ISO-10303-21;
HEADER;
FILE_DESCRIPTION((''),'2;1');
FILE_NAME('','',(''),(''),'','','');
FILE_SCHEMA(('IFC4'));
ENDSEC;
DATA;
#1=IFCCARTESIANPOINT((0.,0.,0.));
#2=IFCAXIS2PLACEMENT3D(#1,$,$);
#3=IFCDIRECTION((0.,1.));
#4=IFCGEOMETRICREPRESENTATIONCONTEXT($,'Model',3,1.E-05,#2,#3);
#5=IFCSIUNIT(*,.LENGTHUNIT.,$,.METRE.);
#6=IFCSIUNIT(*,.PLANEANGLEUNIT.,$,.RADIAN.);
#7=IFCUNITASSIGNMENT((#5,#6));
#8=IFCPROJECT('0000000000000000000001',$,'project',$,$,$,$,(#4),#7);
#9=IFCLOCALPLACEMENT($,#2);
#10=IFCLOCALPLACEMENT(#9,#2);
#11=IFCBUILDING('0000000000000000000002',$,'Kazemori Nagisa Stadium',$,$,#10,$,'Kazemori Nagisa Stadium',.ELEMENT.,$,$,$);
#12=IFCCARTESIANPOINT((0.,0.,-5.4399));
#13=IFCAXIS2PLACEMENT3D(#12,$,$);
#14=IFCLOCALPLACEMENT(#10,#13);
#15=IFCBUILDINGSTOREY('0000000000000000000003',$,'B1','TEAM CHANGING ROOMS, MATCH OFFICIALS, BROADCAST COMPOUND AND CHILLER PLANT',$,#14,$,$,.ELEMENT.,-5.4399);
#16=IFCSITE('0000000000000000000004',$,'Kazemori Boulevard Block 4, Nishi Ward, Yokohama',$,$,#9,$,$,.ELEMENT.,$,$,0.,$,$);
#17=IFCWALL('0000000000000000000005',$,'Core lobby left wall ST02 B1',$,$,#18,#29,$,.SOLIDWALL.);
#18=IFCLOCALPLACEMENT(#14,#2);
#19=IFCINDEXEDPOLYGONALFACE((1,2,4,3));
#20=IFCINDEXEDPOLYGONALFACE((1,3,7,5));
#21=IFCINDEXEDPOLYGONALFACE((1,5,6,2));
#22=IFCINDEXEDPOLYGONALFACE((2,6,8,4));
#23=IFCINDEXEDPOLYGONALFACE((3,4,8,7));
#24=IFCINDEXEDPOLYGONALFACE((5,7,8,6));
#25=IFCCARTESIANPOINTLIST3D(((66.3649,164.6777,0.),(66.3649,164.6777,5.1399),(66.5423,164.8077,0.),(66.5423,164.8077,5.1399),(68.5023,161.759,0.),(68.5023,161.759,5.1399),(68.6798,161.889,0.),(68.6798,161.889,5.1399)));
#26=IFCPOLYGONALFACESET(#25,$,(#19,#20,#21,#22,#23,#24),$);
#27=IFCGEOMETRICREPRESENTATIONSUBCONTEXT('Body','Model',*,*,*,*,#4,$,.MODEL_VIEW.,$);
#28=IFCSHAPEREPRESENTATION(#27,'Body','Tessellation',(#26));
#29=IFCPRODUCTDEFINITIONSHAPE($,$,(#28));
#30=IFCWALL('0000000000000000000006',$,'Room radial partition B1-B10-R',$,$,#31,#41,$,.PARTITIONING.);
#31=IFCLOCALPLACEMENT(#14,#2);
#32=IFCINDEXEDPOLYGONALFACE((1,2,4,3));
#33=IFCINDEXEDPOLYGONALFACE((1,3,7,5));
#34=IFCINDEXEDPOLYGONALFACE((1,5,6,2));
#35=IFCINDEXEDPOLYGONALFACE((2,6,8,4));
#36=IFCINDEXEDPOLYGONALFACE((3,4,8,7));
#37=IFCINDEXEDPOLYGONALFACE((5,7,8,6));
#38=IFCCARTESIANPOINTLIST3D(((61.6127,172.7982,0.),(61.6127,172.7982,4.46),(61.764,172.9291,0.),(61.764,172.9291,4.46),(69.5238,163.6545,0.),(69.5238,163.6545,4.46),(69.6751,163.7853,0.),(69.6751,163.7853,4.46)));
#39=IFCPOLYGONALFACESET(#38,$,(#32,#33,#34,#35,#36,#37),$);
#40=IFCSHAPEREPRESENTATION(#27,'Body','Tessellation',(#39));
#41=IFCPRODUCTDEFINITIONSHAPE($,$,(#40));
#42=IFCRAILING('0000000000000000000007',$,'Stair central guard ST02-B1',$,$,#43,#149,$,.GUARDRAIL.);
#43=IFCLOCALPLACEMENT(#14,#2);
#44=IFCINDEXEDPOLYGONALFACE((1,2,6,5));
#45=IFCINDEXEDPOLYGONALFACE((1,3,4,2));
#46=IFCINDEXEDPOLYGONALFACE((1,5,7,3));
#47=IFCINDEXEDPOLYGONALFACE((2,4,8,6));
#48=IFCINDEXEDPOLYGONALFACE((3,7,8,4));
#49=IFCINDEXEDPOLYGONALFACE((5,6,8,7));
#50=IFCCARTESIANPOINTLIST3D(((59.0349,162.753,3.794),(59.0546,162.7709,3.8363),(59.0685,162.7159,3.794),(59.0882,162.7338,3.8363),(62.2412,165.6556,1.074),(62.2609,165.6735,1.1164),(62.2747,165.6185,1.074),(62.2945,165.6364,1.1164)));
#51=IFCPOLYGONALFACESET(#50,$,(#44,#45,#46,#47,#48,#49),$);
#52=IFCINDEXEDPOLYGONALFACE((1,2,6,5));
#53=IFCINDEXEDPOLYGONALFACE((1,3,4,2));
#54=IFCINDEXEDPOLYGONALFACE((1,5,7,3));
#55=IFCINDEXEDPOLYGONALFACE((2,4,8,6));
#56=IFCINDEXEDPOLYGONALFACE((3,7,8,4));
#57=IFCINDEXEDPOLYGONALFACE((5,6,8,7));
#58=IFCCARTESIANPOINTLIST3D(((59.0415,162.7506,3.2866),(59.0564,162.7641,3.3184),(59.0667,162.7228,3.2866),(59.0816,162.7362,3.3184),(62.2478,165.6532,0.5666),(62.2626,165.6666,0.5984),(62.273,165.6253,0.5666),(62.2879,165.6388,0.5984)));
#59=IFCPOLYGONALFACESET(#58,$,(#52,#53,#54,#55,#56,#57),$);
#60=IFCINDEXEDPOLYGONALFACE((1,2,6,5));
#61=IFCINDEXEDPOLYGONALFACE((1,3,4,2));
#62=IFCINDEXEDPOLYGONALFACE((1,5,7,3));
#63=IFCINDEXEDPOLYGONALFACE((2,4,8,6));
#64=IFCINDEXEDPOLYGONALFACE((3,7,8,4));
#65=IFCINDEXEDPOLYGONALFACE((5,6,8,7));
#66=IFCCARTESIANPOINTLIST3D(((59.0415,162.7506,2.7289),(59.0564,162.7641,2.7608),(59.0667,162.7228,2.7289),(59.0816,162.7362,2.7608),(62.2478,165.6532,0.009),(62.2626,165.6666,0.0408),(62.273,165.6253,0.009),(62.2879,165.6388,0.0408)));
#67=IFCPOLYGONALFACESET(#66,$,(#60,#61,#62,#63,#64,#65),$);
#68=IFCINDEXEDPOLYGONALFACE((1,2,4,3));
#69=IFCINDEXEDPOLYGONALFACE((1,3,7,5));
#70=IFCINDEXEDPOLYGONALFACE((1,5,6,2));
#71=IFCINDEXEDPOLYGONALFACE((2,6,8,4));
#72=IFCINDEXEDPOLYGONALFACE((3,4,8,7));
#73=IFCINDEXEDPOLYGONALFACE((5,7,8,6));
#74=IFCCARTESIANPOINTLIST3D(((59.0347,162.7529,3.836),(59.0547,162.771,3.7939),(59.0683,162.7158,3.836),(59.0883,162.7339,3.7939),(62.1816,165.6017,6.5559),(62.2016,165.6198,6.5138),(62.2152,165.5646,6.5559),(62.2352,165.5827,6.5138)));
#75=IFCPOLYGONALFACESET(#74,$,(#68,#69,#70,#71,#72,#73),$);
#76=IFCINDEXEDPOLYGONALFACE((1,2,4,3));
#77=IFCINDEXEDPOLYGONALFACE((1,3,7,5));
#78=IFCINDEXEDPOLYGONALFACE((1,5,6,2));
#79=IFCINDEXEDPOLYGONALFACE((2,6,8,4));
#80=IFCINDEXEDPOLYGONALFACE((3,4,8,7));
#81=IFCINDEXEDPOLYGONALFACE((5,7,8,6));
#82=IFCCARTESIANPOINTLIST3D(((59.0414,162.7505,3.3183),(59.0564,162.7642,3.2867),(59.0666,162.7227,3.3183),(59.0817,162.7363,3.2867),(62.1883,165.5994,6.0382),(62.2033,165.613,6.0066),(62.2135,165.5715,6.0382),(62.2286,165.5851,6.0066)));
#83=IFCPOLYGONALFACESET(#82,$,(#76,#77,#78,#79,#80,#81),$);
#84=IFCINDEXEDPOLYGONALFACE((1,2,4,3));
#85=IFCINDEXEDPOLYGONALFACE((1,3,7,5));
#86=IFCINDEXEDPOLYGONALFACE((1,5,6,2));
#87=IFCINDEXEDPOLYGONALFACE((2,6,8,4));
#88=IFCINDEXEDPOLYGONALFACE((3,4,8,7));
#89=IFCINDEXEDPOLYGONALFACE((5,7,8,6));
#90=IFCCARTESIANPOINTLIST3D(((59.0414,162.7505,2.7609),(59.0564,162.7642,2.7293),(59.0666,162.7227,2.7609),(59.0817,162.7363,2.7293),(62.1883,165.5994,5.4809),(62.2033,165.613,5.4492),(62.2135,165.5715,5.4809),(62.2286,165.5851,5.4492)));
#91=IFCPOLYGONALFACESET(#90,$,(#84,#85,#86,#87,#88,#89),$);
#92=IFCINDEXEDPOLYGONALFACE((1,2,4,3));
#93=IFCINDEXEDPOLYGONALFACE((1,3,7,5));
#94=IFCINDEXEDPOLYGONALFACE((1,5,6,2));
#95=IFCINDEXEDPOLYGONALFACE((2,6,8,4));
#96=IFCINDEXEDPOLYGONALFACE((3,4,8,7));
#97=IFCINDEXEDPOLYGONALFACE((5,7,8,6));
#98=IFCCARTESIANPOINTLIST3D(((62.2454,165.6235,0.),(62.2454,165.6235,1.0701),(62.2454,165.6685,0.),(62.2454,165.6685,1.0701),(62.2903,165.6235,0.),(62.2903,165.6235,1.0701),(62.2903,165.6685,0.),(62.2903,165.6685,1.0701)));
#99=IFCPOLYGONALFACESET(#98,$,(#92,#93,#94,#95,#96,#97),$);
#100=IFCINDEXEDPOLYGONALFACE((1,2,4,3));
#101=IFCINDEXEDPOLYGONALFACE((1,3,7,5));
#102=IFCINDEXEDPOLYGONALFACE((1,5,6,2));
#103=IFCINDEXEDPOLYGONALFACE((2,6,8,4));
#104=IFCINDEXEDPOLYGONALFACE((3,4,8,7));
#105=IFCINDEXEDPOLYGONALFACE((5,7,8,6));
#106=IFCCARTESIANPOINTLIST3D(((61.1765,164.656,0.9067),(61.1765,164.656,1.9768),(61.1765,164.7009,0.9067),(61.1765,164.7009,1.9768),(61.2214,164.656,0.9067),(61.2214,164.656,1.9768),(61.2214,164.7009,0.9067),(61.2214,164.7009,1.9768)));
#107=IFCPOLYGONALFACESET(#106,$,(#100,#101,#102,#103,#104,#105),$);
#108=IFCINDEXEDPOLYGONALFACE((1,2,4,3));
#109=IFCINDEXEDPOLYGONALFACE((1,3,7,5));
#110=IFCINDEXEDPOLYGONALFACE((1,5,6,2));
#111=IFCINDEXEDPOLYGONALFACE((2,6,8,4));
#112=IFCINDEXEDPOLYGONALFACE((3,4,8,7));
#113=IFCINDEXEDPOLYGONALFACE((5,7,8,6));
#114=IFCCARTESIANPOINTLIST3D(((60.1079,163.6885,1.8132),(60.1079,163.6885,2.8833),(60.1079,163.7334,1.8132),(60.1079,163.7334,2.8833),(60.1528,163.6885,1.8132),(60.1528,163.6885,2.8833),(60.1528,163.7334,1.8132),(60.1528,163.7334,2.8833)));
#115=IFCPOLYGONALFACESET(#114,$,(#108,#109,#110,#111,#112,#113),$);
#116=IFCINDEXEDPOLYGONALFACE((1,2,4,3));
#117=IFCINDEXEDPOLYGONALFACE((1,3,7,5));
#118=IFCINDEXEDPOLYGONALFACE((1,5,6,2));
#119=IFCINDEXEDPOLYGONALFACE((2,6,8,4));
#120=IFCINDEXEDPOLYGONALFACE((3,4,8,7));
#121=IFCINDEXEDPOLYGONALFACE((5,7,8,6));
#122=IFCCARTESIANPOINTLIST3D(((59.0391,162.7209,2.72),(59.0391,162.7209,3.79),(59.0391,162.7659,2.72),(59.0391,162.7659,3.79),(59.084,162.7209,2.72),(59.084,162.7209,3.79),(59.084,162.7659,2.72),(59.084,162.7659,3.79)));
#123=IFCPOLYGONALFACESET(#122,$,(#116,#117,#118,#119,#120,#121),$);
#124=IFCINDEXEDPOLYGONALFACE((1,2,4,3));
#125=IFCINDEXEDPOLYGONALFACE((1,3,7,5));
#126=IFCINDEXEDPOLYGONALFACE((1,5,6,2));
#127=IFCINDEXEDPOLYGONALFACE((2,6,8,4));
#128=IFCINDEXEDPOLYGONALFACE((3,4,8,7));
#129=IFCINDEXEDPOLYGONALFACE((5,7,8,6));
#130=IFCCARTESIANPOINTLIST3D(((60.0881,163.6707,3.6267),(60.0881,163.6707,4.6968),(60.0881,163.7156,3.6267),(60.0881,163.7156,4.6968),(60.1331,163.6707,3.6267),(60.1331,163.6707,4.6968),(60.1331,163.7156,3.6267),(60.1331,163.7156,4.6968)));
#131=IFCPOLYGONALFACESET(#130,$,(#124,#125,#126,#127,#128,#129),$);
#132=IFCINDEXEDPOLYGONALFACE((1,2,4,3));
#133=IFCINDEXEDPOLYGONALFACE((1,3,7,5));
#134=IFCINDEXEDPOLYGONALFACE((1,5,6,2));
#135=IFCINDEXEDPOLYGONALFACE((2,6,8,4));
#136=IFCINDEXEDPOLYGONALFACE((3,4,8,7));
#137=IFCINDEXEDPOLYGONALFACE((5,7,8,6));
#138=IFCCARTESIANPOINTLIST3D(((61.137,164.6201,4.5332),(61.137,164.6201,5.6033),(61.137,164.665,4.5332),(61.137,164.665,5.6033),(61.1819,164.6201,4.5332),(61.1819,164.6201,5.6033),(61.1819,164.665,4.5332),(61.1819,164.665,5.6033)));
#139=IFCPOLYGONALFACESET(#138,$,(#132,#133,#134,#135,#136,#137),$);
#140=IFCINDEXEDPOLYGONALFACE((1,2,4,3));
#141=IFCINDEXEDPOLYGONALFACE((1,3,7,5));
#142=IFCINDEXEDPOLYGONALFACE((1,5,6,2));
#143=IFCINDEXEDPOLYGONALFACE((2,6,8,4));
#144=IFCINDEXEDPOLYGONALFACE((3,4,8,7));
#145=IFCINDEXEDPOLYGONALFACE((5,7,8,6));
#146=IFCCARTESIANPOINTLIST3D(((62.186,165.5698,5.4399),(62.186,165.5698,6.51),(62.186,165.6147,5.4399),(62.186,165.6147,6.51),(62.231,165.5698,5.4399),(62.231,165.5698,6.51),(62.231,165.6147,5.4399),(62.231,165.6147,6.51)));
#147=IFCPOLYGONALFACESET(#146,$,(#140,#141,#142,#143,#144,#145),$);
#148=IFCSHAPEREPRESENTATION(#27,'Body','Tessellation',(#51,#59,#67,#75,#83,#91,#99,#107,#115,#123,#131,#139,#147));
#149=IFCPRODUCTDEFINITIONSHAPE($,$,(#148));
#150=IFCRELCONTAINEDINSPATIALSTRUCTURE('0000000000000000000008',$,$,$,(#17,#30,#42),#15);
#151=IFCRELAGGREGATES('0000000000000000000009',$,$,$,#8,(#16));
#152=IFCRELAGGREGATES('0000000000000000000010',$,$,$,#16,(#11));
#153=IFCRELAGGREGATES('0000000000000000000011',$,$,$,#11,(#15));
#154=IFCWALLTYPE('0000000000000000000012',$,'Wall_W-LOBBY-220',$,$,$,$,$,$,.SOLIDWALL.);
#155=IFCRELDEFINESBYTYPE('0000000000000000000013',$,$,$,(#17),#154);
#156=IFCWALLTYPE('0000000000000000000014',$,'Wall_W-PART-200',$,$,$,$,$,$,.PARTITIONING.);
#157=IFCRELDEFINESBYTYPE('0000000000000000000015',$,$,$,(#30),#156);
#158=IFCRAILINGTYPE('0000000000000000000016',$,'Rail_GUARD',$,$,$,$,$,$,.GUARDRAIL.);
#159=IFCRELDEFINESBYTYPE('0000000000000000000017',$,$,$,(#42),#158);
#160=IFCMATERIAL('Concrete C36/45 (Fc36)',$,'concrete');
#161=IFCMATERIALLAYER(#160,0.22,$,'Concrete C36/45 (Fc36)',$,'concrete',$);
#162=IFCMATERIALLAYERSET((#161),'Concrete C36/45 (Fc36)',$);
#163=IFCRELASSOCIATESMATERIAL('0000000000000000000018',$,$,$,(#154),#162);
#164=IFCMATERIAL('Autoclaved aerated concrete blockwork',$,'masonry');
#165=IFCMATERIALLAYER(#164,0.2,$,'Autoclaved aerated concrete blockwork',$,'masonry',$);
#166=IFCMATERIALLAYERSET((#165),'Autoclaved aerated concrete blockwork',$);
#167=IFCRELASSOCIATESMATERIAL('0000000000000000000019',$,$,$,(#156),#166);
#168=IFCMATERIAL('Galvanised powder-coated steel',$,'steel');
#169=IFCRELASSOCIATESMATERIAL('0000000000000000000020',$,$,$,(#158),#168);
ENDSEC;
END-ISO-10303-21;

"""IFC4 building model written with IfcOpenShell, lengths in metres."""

from ifc_helpers import new_model, si_unit, direction, frame, frame_2d, origin, origin_2d, place, context, subcontext, project, spatial, rectangle, extrude, material, layer, layer_set, type_object, element, save


model = new_model("IFC4")

# Units and contexts
model_context = context("Model", 3, precision=1e-05, world=origin(), true_north=direction((0.0, 1.0)))
body_context = subcontext(model_context, "Body", "Model", "MODEL_VIEW")
ifc_project = project(units=[si_unit("LENGTHUNIT", "METRE"), si_unit("PLANEANGLEUNIT", "RADIAN")], contexts=[model_context])

# Site, building, storey
site_placement = place(None, origin())
site = spatial("IfcSite", under=ifc_project, at=site_placement, Name="Kazemori Boulevard Block 4, Nishi Ward, Yokohama", CompositionType="ELEMENT", RefElevation=0.0)
building_placement = place(site_placement, origin())
building = spatial("IfcBuilding", under=site, at=building_placement, Name="Kazemori Nagisa Stadium", LongName="Kazemori Nagisa Stadium", CompositionType="ELEMENT")
storey_placement = place(building_placement, frame((0.0, 0.0, -5.4399)))
storey = spatial("IfcBuildingStorey", under=building, at=storey_placement, Name="B1", Description="TEAM CHANGING ROOMS, MATCH OFFICIALS, BROADCAST COMPOUND AND CHILLER PLANT", CompositionType="ELEMENT", Elevation=-5.4399)

# Shared definitions
ifc_material_1 = material(Name="Concrete C36/45 (Fc36)", Category="concrete")

# Shared definitions
ifc_layer_1 = layer(ifc_material_1, 0.22, Name="Concrete C36/45 (Fc36)", Category="concrete")
ifc_layer_set_1 = layer_set([ifc_layer_1], Name="Concrete C36/45 (Fc36)")
wall_type_1 = type_object("IfcWallType", Name="Wall_W-LOBBY-220", PredefinedType="SOLIDWALL", material=ifc_layer_set_1)

# Walls
wall_1_placement = place(storey_placement, frame((68.5911, 161.824, 0.0), z_axis=(0.0, 0.0, 1.0), x_axis=(-0.590837, 0.806791, 0.0)))
element("IfcWall", 1, at=wall_1_placement, inside=storey, type_object=wall_type_1, Name="Core lobby left wall ST02 B1", PredefinedType="SOLIDWALL", context=body_context, shape_type="SweptSolid", body=[
    extrude(rectangle(XDim=3.6177, YDim=0.22, at=frame_2d((1.8088, 0.0))), origin(), (0.0, 0.0, 1.0), 5.1399),
])
ifc_material_2 = material(Name="Autoclaved aerated concrete blockwork", Category="masonry")
ifc_layer_2 = layer(ifc_material_2, 0.2, Name="Autoclaved aerated concrete blockwork", Category="masonry")
ifc_layer_set_2 = layer_set([ifc_layer_2], Name="Autoclaved aerated concrete blockwork")
wall_type_2 = type_object("IfcWallType", Name="Wall_W-PART-200", PredefinedType="PARTITIONING", material=ifc_layer_set_2)
wall_2_placement = place(storey_placement, frame((69.5994, 163.72, 0.0), z_axis=(0.0, 0.0, 1.0), x_axis=(-0.654293, 0.756241, 0.0)))
element("IfcWall", 2, at=wall_2_placement, inside=storey, type_object=wall_type_2, Name="Room radial partition B1-B10-R", PredefinedType="PARTITIONING", context=body_context, shape_type="SweptSolid", body=[
    extrude(rectangle(XDim=12.0911, YDim=0.2, at=frame_2d((6.0454, 0.0))), origin(), (0.0, 0.0, 1.0), 4.46),
])

# Railing
ifc_material_3 = material(Name="Galvanised powder-coated steel", Category="steel")
railing_type_1 = type_object("IfcRailingType", Name="Rail_GUARD", PredefinedType="GUARDRAIL", material=ifc_material_3)
railing_1_placement = place(storey_placement, frame((62.2678, 165.646, 0.0)))
element("IfcRailing", 3, at=railing_1_placement, inside=storey, type_object=railing_type_1, Name="Stair central guard ST02-B1", PredefinedType="GUARDRAIL", context=body_context, shape_type="SweptSolid", body=[
    extrude(rectangle(XDim=0.05, YDim=0.05, at=origin_2d()), frame((0.0, 0.0, 1.0952), z_axis=(-0.627558, -0.568113, 0.53237), x_axis=(0.671123, -0.741346, 0.0)), (0.0, 0.0, 1.0), 5.1091),
    extrude(rectangle(XDim=0.0376, YDim=0.0376, at=origin_2d()), frame((0.0, 0.0, 0.5825), z_axis=(-0.627558, -0.568113, 0.53237), x_axis=(0.671123, -0.741346, 0.0)), (0.0, 0.0, 1.0), 5.1091),
    extrude(rectangle(XDim=0.0376, YDim=0.0376, at=origin_2d()), frame((0.0, 0.0, 0.0249), z_axis=(-0.627558, -0.568113, 0.53237), x_axis=(0.671123, -0.741346, 0.0)), (0.0, 0.0, 1.0), 5.1091),
    extrude(rectangle(XDim=0.05, YDim=0.05, at=origin_2d()), frame((-3.2063, -2.9026, 3.8149), z_axis=(0.624201, 0.565073, 0.539505), x_axis=(-0.671123, 0.741346, 0.0)), (0.0, 0.0, 1.0), 5.0415),
    extrude(rectangle(XDim=0.0376, YDim=0.0376, at=origin_2d()), frame((-3.2063, -2.9026, 3.3025), z_axis=(0.624201, 0.565073, 0.539505), x_axis=(-0.671123, 0.741346, 0.0)), (0.0, 0.0, 1.0), 5.0415),
    extrude(rectangle(XDim=0.0376, YDim=0.0376, at=origin_2d()), frame((-3.2063, -2.9026, 2.7451), z_axis=(0.624201, 0.565073, 0.539505), x_axis=(-0.671123, 0.741346, 0.0)), (0.0, 0.0, 1.0), 5.0415),
    extrude(rectangle(XDim=0.0449, YDim=0.0449, at=origin_2d()), origin(), (0.0, 0.0, 1.0), 1.0701),
    extrude(rectangle(XDim=0.0449, YDim=0.0449, at=origin_2d()), frame((-1.0688, -0.9675, 0.9067)), (0.0, 0.0, 1.0), 1.0701),
    extrude(rectangle(XDim=0.0449, YDim=0.0449, at=origin_2d()), frame((-2.1375, -1.9351, 1.8132)), (0.0, 0.0, 1.0), 1.0701),
    extrude(rectangle(XDim=0.0449, YDim=0.0449, at=origin_2d()), frame((-3.2063, -2.9026, 2.72)), (0.0, 0.0, 1.0), 1.0701),
    extrude(rectangle(XDim=0.0449, YDim=0.0449, at=origin_2d()), frame((-2.1572, -1.9529, 3.6267)), (0.0, 0.0, 1.0), 1.0701),
    extrude(rectangle(XDim=0.0449, YDim=0.0449, at=origin_2d()), frame((-1.1084, -1.0034, 4.5332)), (0.0, 0.0, 1.0), 1.0701),
    extrude(rectangle(XDim=0.0449, YDim=0.0449, at=origin_2d()), frame((-0.0593, -0.0537, 5.4399)), (0.0, 0.0, 1.0), 1.0701),
])

save(model, "model.ifc")
